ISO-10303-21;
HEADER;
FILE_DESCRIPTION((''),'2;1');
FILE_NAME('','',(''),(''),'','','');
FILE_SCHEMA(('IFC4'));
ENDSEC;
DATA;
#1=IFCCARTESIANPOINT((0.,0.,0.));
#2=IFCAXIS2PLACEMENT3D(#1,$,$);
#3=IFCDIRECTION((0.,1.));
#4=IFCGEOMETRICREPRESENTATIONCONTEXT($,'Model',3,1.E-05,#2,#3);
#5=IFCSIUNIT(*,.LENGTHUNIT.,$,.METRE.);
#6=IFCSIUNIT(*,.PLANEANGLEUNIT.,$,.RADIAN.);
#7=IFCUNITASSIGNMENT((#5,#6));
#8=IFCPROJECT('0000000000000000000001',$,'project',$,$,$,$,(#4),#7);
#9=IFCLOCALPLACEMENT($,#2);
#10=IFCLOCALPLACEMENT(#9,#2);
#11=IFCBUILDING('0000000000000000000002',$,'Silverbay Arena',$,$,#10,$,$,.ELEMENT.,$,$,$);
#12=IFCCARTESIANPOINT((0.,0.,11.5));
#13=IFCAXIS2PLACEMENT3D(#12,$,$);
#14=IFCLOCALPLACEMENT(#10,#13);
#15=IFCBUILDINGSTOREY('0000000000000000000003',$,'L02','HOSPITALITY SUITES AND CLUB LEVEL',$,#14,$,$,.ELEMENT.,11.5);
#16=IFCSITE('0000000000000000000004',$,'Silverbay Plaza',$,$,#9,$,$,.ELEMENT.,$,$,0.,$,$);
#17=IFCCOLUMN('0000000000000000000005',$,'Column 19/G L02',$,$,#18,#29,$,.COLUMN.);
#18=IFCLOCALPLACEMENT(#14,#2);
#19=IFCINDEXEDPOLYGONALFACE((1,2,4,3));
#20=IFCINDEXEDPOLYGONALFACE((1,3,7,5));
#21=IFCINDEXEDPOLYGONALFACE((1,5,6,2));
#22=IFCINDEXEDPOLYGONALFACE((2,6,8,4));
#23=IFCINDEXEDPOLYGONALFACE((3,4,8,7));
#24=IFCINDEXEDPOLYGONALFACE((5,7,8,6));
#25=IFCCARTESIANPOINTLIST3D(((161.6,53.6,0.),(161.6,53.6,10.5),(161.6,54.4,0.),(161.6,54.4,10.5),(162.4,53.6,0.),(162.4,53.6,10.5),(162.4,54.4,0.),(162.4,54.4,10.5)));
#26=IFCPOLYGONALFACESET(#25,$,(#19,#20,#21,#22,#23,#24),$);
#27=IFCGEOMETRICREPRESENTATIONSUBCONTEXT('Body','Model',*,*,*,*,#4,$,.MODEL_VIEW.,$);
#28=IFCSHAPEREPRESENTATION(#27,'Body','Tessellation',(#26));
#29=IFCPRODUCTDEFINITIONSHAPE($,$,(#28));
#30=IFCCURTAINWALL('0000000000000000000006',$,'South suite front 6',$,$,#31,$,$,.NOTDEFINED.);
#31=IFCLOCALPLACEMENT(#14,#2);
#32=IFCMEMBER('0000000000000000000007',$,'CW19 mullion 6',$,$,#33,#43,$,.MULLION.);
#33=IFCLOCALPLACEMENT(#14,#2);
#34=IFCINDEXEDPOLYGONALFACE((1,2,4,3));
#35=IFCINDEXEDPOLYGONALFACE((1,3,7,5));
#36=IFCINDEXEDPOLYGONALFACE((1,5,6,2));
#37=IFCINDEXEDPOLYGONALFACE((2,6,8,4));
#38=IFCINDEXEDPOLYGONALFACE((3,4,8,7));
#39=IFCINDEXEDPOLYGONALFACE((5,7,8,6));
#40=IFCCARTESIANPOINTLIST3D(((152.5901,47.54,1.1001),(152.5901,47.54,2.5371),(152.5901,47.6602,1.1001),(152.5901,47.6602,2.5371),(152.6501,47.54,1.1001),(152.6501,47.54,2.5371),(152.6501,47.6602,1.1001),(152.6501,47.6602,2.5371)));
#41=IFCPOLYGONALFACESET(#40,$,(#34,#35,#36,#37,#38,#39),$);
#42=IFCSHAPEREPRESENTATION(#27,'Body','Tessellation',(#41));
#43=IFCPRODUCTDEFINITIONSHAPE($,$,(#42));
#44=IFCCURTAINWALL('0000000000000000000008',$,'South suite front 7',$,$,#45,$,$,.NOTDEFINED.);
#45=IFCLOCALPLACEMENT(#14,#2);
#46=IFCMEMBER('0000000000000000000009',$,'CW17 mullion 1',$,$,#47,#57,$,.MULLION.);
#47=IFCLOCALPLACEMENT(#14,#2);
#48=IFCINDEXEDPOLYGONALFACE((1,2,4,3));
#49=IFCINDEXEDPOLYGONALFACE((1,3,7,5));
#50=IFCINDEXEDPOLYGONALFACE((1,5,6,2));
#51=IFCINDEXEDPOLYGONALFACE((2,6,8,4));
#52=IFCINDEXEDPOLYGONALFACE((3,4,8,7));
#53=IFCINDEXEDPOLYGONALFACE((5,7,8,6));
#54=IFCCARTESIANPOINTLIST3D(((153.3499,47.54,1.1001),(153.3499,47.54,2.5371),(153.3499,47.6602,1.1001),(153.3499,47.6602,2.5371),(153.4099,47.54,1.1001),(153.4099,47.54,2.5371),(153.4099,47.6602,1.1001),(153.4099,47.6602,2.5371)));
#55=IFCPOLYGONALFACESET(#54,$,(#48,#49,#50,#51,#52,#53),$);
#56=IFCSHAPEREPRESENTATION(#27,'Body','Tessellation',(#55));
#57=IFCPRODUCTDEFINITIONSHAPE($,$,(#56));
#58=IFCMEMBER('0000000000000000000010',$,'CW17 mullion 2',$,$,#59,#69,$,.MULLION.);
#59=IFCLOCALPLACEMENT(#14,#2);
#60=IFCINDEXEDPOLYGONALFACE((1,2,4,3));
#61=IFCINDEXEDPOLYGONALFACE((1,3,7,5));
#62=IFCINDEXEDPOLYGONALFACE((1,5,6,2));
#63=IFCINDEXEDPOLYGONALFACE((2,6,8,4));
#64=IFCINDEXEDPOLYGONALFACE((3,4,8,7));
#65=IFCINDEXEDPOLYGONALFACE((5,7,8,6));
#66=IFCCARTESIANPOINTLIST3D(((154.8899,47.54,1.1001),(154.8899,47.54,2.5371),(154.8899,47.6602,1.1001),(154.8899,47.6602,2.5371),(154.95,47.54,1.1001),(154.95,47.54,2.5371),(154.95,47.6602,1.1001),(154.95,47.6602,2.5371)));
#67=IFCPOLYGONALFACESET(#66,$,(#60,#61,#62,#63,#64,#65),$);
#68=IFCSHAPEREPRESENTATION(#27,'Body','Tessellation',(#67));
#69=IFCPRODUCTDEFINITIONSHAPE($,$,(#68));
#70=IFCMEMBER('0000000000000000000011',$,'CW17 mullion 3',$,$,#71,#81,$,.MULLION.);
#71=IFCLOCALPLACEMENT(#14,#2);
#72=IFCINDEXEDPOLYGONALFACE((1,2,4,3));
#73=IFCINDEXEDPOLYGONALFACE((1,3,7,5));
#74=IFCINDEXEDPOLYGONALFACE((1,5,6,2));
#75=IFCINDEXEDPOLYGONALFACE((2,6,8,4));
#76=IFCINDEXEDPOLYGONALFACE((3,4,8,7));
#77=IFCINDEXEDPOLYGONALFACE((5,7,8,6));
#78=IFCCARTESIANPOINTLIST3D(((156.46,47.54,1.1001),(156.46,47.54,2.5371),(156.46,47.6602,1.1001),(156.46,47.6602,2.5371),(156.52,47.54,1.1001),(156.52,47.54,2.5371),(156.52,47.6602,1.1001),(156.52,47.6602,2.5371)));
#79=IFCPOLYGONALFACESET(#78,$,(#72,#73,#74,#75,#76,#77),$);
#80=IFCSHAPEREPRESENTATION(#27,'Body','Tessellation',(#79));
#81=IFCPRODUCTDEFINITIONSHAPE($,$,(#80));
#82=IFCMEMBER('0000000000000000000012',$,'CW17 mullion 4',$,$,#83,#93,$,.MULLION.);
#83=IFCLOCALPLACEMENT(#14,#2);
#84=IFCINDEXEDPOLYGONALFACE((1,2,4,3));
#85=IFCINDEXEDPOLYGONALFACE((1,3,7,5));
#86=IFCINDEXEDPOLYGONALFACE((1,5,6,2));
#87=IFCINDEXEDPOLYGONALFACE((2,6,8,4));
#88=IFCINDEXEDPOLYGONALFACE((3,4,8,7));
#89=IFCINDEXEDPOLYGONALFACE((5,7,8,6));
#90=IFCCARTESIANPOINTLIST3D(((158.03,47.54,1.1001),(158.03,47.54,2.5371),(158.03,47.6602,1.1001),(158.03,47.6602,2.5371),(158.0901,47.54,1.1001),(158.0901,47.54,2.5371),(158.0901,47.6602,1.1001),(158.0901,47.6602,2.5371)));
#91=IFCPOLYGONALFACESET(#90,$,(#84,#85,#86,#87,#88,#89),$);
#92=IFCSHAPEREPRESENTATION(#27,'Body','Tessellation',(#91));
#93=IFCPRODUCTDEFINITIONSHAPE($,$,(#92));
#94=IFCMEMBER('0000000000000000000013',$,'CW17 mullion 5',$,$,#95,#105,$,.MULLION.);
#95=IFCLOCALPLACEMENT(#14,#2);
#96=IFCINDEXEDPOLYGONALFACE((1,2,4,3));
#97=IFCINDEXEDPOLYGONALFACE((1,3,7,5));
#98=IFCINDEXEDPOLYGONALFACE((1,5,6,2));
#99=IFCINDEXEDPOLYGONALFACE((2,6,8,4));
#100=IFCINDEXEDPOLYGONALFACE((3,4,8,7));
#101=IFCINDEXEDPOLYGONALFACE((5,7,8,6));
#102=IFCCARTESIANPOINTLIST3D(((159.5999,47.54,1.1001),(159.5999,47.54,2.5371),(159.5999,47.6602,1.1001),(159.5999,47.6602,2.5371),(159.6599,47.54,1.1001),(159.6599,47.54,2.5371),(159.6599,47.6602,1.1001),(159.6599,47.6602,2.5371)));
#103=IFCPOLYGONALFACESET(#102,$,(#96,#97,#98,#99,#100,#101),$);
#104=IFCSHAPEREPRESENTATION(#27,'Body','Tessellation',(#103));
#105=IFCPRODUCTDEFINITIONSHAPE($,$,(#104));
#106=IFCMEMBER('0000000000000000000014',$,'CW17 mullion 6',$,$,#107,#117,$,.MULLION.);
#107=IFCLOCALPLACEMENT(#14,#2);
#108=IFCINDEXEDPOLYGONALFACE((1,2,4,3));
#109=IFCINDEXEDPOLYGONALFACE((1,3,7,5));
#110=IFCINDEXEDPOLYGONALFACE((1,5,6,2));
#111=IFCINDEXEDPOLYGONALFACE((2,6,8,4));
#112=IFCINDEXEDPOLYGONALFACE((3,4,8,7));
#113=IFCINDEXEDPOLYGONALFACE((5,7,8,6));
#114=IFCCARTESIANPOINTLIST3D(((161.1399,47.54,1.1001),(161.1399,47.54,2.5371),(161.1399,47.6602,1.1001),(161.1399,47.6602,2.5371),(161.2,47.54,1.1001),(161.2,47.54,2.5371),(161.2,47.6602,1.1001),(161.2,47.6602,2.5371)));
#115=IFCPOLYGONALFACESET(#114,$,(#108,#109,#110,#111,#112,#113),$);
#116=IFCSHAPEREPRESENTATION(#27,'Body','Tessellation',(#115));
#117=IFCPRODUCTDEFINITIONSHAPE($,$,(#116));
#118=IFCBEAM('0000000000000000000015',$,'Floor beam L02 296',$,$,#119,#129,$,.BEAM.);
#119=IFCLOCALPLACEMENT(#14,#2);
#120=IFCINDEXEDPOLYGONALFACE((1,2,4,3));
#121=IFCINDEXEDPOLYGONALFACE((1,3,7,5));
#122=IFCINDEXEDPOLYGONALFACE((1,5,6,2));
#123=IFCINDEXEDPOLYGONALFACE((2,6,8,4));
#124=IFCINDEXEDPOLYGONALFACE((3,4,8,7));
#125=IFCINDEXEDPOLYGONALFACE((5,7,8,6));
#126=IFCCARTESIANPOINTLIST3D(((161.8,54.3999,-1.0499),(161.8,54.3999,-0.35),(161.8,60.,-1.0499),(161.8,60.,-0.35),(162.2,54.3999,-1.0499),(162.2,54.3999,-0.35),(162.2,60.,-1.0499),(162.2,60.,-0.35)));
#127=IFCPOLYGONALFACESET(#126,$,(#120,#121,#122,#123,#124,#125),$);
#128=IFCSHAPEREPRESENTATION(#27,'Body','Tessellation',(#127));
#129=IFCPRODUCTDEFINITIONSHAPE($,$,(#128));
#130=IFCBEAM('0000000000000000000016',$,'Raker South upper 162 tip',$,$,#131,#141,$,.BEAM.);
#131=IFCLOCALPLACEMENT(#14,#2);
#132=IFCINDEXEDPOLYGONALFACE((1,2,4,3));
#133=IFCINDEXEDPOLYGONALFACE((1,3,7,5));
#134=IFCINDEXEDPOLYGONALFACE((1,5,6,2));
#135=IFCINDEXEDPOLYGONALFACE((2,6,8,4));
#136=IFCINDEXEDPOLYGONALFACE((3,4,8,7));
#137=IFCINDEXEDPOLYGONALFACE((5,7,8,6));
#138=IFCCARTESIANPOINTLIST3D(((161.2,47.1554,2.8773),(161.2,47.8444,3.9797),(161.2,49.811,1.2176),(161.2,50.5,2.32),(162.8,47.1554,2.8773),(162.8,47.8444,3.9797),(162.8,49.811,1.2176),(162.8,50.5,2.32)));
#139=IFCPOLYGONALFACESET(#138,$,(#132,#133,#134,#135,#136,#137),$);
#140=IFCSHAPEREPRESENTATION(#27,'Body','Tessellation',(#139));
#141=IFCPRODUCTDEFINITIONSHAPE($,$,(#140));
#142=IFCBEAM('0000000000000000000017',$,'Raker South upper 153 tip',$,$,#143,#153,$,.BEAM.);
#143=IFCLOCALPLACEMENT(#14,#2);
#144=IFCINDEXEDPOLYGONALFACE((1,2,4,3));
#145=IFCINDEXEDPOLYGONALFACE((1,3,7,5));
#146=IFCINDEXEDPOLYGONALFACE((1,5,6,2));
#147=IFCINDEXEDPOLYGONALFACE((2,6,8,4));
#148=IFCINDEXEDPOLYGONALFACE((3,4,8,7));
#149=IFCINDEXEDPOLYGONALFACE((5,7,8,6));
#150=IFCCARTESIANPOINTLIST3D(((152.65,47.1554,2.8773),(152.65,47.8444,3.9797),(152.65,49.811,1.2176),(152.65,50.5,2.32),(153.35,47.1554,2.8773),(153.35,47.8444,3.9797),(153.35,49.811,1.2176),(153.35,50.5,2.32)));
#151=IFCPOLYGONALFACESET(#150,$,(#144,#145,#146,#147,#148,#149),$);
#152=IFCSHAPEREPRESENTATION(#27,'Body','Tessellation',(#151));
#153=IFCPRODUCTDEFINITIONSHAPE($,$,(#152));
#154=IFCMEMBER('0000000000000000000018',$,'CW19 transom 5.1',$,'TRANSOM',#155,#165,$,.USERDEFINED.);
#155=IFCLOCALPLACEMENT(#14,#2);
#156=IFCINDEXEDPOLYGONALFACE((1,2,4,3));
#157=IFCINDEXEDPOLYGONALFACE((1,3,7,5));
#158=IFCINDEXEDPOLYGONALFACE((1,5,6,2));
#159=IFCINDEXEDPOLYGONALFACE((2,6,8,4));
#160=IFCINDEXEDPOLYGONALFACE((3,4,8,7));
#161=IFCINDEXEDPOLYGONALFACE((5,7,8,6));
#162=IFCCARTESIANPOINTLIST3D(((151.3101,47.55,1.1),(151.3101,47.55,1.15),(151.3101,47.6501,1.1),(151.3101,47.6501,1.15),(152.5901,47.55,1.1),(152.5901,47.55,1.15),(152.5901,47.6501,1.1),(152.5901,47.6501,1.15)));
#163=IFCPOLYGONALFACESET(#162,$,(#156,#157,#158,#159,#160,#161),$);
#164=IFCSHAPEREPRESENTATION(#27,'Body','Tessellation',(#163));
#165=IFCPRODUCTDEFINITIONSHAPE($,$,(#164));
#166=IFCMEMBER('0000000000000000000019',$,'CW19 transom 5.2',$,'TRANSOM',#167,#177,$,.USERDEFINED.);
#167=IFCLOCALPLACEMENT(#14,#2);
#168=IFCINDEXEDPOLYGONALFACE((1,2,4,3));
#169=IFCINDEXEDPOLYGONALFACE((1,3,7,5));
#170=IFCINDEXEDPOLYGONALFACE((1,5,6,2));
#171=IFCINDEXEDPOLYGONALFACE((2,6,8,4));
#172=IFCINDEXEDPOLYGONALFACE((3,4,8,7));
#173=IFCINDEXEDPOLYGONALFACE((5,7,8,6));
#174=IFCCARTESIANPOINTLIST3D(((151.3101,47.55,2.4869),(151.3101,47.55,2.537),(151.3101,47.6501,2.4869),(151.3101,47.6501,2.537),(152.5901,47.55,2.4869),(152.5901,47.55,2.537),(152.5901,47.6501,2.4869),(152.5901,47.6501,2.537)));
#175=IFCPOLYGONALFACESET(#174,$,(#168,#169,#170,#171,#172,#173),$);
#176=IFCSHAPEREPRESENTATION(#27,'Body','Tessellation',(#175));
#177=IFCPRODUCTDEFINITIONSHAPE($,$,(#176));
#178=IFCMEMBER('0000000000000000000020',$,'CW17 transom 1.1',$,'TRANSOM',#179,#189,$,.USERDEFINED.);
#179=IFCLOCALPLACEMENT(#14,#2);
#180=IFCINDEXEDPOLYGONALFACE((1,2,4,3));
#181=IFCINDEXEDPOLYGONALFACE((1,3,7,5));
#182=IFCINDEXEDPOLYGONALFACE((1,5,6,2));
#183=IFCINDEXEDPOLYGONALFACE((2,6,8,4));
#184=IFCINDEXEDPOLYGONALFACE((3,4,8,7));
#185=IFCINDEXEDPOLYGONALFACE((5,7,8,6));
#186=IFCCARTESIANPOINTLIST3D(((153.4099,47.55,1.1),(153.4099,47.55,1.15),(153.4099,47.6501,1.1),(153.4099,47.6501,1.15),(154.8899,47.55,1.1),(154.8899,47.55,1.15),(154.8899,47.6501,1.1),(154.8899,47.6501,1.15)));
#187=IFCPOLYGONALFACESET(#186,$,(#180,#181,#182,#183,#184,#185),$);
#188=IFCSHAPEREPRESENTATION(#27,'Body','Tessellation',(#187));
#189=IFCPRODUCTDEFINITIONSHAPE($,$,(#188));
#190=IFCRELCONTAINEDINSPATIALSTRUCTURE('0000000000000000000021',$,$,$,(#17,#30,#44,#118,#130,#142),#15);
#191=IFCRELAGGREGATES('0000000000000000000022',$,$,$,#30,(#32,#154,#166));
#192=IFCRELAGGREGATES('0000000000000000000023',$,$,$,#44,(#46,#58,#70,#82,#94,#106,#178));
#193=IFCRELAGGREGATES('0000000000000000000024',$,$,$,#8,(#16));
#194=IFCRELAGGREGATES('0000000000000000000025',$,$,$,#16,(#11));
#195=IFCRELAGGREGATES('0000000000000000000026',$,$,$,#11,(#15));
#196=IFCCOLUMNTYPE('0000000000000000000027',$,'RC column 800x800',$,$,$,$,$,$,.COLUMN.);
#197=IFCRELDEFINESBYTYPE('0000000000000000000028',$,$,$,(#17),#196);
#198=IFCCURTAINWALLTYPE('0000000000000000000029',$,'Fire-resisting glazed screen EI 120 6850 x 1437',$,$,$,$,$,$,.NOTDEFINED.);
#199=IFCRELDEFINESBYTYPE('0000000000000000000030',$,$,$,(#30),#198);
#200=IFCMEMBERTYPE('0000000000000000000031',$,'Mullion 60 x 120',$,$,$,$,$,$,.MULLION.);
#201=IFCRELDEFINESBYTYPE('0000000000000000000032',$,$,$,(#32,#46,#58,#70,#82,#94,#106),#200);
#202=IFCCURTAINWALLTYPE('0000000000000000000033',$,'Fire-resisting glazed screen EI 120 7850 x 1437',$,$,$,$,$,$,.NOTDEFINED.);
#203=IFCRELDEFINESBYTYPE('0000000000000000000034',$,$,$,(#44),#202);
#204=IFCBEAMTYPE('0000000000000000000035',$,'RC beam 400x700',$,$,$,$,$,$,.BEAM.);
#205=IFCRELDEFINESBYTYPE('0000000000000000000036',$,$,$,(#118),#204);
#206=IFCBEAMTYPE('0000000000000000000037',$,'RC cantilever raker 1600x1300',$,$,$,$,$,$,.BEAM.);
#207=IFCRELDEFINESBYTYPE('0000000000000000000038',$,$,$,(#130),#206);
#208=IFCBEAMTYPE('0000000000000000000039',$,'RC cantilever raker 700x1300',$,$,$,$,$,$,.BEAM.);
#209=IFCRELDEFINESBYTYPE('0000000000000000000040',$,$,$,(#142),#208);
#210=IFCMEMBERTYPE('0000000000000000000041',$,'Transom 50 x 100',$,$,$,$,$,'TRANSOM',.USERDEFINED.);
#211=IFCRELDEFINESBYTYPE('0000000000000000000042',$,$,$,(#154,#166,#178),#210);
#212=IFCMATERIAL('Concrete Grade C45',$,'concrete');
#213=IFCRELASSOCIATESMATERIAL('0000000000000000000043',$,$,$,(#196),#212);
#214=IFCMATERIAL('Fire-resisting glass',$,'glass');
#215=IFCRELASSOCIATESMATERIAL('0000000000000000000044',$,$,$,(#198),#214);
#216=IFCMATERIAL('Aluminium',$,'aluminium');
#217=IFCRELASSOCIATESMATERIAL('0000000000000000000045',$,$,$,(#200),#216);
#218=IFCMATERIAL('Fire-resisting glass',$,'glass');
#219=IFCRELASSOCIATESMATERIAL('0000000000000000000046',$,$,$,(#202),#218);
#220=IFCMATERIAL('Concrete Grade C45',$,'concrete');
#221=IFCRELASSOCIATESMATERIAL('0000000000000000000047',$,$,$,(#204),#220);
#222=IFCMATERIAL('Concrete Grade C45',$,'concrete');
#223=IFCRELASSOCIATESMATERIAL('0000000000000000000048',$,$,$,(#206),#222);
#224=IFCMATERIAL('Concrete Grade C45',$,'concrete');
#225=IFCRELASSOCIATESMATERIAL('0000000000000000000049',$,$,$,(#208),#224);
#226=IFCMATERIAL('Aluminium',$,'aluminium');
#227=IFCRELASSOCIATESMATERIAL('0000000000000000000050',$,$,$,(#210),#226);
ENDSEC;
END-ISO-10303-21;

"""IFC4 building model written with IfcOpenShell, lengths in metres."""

from ifc_helpers import new_model, si_unit, direction, frame, origin, origin_2d, place, context, subcontext, project, spatial, rectangle, extrude, material, material_profile, profile_set, type_object, element, aggregate, save


model = new_model("IFC4")

# Units and contexts
model_context = context("Model", 3, precision=1e-05, world=origin(), true_north=direction((0.0, 1.0)))
body_context = subcontext(model_context, "Body", "Model", "MODEL_VIEW")
ifc_project = project(units=[si_unit("LENGTHUNIT", "METRE"), si_unit("PLANEANGLEUNIT", "RADIAN")], contexts=[model_context])

# Site, building, storey
site_placement = place(None, origin())
site = spatial("IfcSite", under=ifc_project, at=site_placement, Name="Silverbay Plaza", CompositionType="ELEMENT", RefElevation=0.0)
building_placement = place(site_placement, origin())
building = spatial("IfcBuilding", under=site, at=building_placement, Name="Silverbay Arena", CompositionType="ELEMENT")
storey_placement = place(building_placement, frame((0.0, 0.0, 11.5)))
storey = spatial("IfcBuildingStorey", under=building, at=storey_placement, Name="L02", Description="HOSPITALITY SUITES AND CLUB LEVEL", CompositionType="ELEMENT", Elevation=11.5)

# Column
ifc_material_1 = material(Name="Concrete Grade C45", Category="concrete")
ifc_material_profile_1 = material_profile(ifc_material_1, rectangle(XDim=0.8, YDim=0.8, at=origin_2d()), Name="RC 800x800")
ifc_profile_set_1 = profile_set([ifc_material_profile_1], Name="Concrete Grade C45")
column_type = type_object("IfcColumnType", Name="RC column 800x800", PredefinedType="COLUMN", material=ifc_profile_set_1)
column_placement = place(storey_placement, frame((162.0, 54.0, 0.0), z_axis=(0.0, 0.0, 1.0), x_axis=(1.0, 0.0, 0.0)))
element("IfcColumn", 1, at=column_placement, inside=storey, type_object=column_type, Name="Column 19/G L02", PredefinedType="COLUMN", context=body_context, shape_type="SweptSolid", body=[
    extrude(rectangle(XDim=0.8, YDim=0.8, at=origin_2d()), origin(), (0.0, 0.0, 1.0), 10.5),
])

# Curtain wall, member
ifc_material_2 = material(Name="Fire-resisting glass", Category="glass")
curtain_wall_type_1 = type_object("IfcCurtainWallType", Name="Fire-resisting glazed screen EI 120 6850 x 1437", PredefinedType="NOTDEFINED", material=ifc_material_2)
curtain_wall_1_placement = place(storey_placement, origin())
curtain_wall_1 = element("IfcCurtainWall", 2, at=curtain_wall_1_placement, inside=storey, type_object=curtain_wall_type_1, Name="South suite front 6", PredefinedType="NOTDEFINED")
ifc_material_3 = material(Name="Aluminium", Category="aluminium")
ifc_material_profile_2 = material_profile(ifc_material_3, rectangle(XDim=0.1201, YDim=0.0601, at=origin_2d()), Name="Mullion 60 x 120")
ifc_profile_set_2 = profile_set([ifc_material_profile_2], Name="Aluminium")
member_type_1 = type_object("IfcMemberType", Name="Mullion 60 x 120", PredefinedType="MULLION", material=ifc_profile_set_2)
member_1_placement = place(storey_placement, frame((152.6201, 47.6001, 1.1001), z_axis=(0.0, 0.0, 1.0), x_axis=(0.0, 1.0, 0.0)))
member_1 = element("IfcMember", 3, at=member_1_placement, type_object=member_type_1, Name="CW19 mullion 6", PredefinedType="MULLION", context=body_context, shape_type="SweptSolid", body=[
    extrude(rectangle(XDim=0.1201, YDim=0.0601, at=origin_2d()), origin(), (0.0, 0.0, 1.0), 1.437),
])

# Curtain wall, members
ifc_material_4 = material(Name="Fire-resisting glass", Category="glass")
curtain_wall_type_2 = type_object("IfcCurtainWallType", Name="Fire-resisting glazed screen EI 120 7850 x 1437", PredefinedType="NOTDEFINED", material=ifc_material_4)
curtain_wall_2_placement = place(storey_placement, origin())
curtain_wall_2 = element("IfcCurtainWall", 4, at=curtain_wall_2_placement, inside=storey, type_object=curtain_wall_type_2, Name="South suite front 7", PredefinedType="NOTDEFINED")
member_2_placement = place(storey_placement, frame((153.3799, 47.6001, 1.1001), z_axis=(0.0, 0.0, 1.0), x_axis=(0.0, 1.0, 0.0)))
member_2 = element("IfcMember", 5, at=member_2_placement, type_object=member_type_1, Name="CW17 mullion 1", PredefinedType="MULLION", context=body_context, shape_type="SweptSolid", body=[
    extrude(rectangle(XDim=0.1201, YDim=0.0601, at=origin_2d()), origin(), (0.0, 0.0, 1.0), 1.437),
])
member_3_placement = place(storey_placement, frame((154.9199, 47.6001, 1.1001), z_axis=(0.0, 0.0, 1.0), x_axis=(0.0, 1.0, 0.0)))
member_3 = element("IfcMember", 6, at=member_3_placement, type_object=member_type_1, Name="CW17 mullion 2", PredefinedType="MULLION", context=body_context, shape_type="SweptSolid", body=[
    extrude(rectangle(XDim=0.1201, YDim=0.0601, at=origin_2d()), origin(), (0.0, 0.0, 1.0), 1.437),
])
member_4_placement = place(storey_placement, frame((156.49, 47.6001, 1.1001), z_axis=(0.0, 0.0, 1.0), x_axis=(0.0, 1.0, 0.0)))
member_4 = element("IfcMember", 7, at=member_4_placement, type_object=member_type_1, Name="CW17 mullion 3", PredefinedType="MULLION", context=body_context, shape_type="SweptSolid", body=[
    extrude(rectangle(XDim=0.1201, YDim=0.0601, at=origin_2d()), origin(), (0.0, 0.0, 1.0), 1.437),
])
member_5_placement = place(storey_placement, frame((158.0601, 47.6001, 1.1001), z_axis=(0.0, 0.0, 1.0), x_axis=(0.0, 1.0, 0.0)))
member_5 = element("IfcMember", 8, at=member_5_placement, type_object=member_type_1, Name="CW17 mullion 4", PredefinedType="MULLION", context=body_context, shape_type="SweptSolid", body=[
    extrude(rectangle(XDim=0.1201, YDim=0.0601, at=origin_2d()), origin(), (0.0, 0.0, 1.0), 1.437),
])
member_6_placement = place(storey_placement, frame((159.6299, 47.6001, 1.1001), z_axis=(0.0, 0.0, 1.0), x_axis=(0.0, 1.0, 0.0)))
member_6 = element("IfcMember", 9, at=member_6_placement, type_object=member_type_1, Name="CW17 mullion 5", PredefinedType="MULLION", context=body_context, shape_type="SweptSolid", body=[
    extrude(rectangle(XDim=0.1201, YDim=0.0601, at=origin_2d()), origin(), (0.0, 0.0, 1.0), 1.437),
])
member_7_placement = place(storey_placement, frame((161.1699, 47.6001, 1.1001), z_axis=(0.0, 0.0, 1.0), x_axis=(0.0, 1.0, 0.0)))
member_7 = element("IfcMember", 10, at=member_7_placement, type_object=member_type_1, Name="CW17 mullion 6", PredefinedType="MULLION", context=body_context, shape_type="SweptSolid", body=[
    extrude(rectangle(XDim=0.1201, YDim=0.0601, at=origin_2d()), origin(), (0.0, 0.0, 1.0), 1.437),
])

# Beams
ifc_material_5 = material(Name="Concrete Grade C45", Category="concrete")
ifc_material_profile_3 = material_profile(ifc_material_5, rectangle(XDim=0.3999, YDim=0.7, at=origin_2d()), Name="RC 400x700")
ifc_profile_set_3 = profile_set([ifc_material_profile_3], Name="Concrete Grade C45")
beam_type_1 = type_object("IfcBeamType", Name="RC beam 400x700", PredefinedType="BEAM", material=ifc_profile_set_3)
beam_1_placement = place(storey_placement, frame((162.0, 54.3999, -0.7), z_axis=(0.0, 1.0, 0.0), x_axis=(-1.0, 0.0, 0.0)))
element("IfcBeam", 11, at=beam_1_placement, inside=storey, type_object=beam_type_1, Name="Floor beam L02 296", PredefinedType="BEAM", context=body_context, shape_type="SweptSolid", body=[
    extrude(rectangle(XDim=0.3999, YDim=0.7, at=origin_2d()), origin(), (0.0, 0.0, 1.0), 5.6001),
])
ifc_material_6 = material(Name="Concrete Grade C45", Category="concrete")
ifc_material_profile_4 = material_profile(ifc_material_6, rectangle(XDim=1.6001, YDim=1.3, at=origin_2d()), Name="RC 1600x1300")
ifc_profile_set_4 = profile_set([ifc_material_profile_4], Name="Concrete Grade C45")
beam_type_2 = type_object("IfcBeamType", Name="RC cantilever raker 1600x1300", PredefinedType="BEAM", material=ifc_profile_set_4)
beam_2_placement = place(storey_placement, frame((162.0, 50.1555, 1.7688), z_axis=(0.0, -0.848003, 0.529992), x_axis=(1.0, 0.0, 0.0)))
element("IfcBeam", 12, at=beam_2_placement, inside=storey, type_object=beam_type_2, Name="Raker South upper 162 tip", PredefinedType="BEAM", context=body_context, shape_type="SweptSolid", body=[
    extrude(rectangle(XDim=1.6001, YDim=1.3, at=origin_2d()), origin(), (0.0, 0.0, 1.0), 3.1316),
])
ifc_material_7 = material(Name="Concrete Grade C45", Category="concrete")
ifc_material_profile_5 = material_profile(ifc_material_7, rectangle(XDim=0.7, YDim=1.3, at=origin_2d()), Name="RC 700x1300")
ifc_profile_set_5 = profile_set([ifc_material_profile_5], Name="Concrete Grade C45")
beam_type_3 = type_object("IfcBeamType", Name="RC cantilever raker 700x1300", PredefinedType="BEAM", material=ifc_profile_set_5)
beam_3_placement = place(storey_placement, frame((153.0, 50.1555, 1.7688), z_axis=(0.0, -0.848003, 0.529992), x_axis=(1.0, 0.0, 0.0)))
element("IfcBeam", 13, at=beam_3_placement, inside=storey, type_object=beam_type_3, Name="Raker South upper 153 tip", PredefinedType="BEAM", context=body_context, shape_type="SweptSolid", body=[
    extrude(rectangle(XDim=0.7, YDim=1.3, at=origin_2d()), origin(), (0.0, 0.0, 1.0), 3.1316),
])

# Members
ifc_material_8 = material(Name="Aluminium", Category="aluminium")
ifc_material_profile_6 = material_profile(ifc_material_8, rectangle(XDim=0.1001, YDim=0.05, at=origin_2d()), Name="Transom 50 x 100")
ifc_profile_set_6 = profile_set([ifc_material_profile_6], Name="Aluminium")
member_type_2 = type_object("IfcMemberType", Name="Transom 50 x 100", ElementType="TRANSOM", PredefinedType="USERDEFINED", material=ifc_profile_set_6)
member_8_placement = place(storey_placement, frame((151.3101, 47.6001, 1.125), z_axis=(1.0, 0.0, 0.0), x_axis=(0.0, 1.0, 0.0)))
member_8 = element("IfcMember", 14, at=member_8_placement, type_object=member_type_2, Name="CW19 transom 5.1", ObjectType="TRANSOM", PredefinedType="USERDEFINED", context=body_context, shape_type="SweptSolid", body=[
    extrude(rectangle(XDim=0.1001, YDim=0.05, at=origin_2d()), origin(), (0.0, 0.0, 1.0), 1.28),
])
member_9_placement = place(storey_placement, frame((151.3101, 47.6001, 2.512), z_axis=(1.0, 0.0, 0.0), x_axis=(0.0, 1.0, 0.0)))
member_9 = element("IfcMember", 15, at=member_9_placement, type_object=member_type_2, Name="CW19 transom 5.2", ObjectType="TRANSOM", PredefinedType="USERDEFINED", context=body_context, shape_type="SweptSolid", body=[
    extrude(rectangle(XDim=0.1001, YDim=0.05, at=origin_2d()), origin(), (0.0, 0.0, 1.0), 1.28),
])
member_10_placement = place(storey_placement, frame((153.4099, 47.6001, 1.125), z_axis=(1.0, 0.0, 0.0), x_axis=(0.0, 1.0, 0.0)))
member_10 = element("IfcMember", 16, at=member_10_placement, type_object=member_type_2, Name="CW17 transom 1.1", ObjectType="TRANSOM", PredefinedType="USERDEFINED", context=body_context, shape_type="SweptSolid", body=[
    extrude(rectangle(XDim=0.1001, YDim=0.05, at=origin_2d()), origin(), (0.0, 0.0, 1.0), 1.48),
])

aggregate(curtain_wall_1, [member_1, member_8, member_9])
aggregate(curtain_wall_2, [member_2, member_3, member_4, member_5, member_6, member_7, member_10])

save(model, "model.ifc")
